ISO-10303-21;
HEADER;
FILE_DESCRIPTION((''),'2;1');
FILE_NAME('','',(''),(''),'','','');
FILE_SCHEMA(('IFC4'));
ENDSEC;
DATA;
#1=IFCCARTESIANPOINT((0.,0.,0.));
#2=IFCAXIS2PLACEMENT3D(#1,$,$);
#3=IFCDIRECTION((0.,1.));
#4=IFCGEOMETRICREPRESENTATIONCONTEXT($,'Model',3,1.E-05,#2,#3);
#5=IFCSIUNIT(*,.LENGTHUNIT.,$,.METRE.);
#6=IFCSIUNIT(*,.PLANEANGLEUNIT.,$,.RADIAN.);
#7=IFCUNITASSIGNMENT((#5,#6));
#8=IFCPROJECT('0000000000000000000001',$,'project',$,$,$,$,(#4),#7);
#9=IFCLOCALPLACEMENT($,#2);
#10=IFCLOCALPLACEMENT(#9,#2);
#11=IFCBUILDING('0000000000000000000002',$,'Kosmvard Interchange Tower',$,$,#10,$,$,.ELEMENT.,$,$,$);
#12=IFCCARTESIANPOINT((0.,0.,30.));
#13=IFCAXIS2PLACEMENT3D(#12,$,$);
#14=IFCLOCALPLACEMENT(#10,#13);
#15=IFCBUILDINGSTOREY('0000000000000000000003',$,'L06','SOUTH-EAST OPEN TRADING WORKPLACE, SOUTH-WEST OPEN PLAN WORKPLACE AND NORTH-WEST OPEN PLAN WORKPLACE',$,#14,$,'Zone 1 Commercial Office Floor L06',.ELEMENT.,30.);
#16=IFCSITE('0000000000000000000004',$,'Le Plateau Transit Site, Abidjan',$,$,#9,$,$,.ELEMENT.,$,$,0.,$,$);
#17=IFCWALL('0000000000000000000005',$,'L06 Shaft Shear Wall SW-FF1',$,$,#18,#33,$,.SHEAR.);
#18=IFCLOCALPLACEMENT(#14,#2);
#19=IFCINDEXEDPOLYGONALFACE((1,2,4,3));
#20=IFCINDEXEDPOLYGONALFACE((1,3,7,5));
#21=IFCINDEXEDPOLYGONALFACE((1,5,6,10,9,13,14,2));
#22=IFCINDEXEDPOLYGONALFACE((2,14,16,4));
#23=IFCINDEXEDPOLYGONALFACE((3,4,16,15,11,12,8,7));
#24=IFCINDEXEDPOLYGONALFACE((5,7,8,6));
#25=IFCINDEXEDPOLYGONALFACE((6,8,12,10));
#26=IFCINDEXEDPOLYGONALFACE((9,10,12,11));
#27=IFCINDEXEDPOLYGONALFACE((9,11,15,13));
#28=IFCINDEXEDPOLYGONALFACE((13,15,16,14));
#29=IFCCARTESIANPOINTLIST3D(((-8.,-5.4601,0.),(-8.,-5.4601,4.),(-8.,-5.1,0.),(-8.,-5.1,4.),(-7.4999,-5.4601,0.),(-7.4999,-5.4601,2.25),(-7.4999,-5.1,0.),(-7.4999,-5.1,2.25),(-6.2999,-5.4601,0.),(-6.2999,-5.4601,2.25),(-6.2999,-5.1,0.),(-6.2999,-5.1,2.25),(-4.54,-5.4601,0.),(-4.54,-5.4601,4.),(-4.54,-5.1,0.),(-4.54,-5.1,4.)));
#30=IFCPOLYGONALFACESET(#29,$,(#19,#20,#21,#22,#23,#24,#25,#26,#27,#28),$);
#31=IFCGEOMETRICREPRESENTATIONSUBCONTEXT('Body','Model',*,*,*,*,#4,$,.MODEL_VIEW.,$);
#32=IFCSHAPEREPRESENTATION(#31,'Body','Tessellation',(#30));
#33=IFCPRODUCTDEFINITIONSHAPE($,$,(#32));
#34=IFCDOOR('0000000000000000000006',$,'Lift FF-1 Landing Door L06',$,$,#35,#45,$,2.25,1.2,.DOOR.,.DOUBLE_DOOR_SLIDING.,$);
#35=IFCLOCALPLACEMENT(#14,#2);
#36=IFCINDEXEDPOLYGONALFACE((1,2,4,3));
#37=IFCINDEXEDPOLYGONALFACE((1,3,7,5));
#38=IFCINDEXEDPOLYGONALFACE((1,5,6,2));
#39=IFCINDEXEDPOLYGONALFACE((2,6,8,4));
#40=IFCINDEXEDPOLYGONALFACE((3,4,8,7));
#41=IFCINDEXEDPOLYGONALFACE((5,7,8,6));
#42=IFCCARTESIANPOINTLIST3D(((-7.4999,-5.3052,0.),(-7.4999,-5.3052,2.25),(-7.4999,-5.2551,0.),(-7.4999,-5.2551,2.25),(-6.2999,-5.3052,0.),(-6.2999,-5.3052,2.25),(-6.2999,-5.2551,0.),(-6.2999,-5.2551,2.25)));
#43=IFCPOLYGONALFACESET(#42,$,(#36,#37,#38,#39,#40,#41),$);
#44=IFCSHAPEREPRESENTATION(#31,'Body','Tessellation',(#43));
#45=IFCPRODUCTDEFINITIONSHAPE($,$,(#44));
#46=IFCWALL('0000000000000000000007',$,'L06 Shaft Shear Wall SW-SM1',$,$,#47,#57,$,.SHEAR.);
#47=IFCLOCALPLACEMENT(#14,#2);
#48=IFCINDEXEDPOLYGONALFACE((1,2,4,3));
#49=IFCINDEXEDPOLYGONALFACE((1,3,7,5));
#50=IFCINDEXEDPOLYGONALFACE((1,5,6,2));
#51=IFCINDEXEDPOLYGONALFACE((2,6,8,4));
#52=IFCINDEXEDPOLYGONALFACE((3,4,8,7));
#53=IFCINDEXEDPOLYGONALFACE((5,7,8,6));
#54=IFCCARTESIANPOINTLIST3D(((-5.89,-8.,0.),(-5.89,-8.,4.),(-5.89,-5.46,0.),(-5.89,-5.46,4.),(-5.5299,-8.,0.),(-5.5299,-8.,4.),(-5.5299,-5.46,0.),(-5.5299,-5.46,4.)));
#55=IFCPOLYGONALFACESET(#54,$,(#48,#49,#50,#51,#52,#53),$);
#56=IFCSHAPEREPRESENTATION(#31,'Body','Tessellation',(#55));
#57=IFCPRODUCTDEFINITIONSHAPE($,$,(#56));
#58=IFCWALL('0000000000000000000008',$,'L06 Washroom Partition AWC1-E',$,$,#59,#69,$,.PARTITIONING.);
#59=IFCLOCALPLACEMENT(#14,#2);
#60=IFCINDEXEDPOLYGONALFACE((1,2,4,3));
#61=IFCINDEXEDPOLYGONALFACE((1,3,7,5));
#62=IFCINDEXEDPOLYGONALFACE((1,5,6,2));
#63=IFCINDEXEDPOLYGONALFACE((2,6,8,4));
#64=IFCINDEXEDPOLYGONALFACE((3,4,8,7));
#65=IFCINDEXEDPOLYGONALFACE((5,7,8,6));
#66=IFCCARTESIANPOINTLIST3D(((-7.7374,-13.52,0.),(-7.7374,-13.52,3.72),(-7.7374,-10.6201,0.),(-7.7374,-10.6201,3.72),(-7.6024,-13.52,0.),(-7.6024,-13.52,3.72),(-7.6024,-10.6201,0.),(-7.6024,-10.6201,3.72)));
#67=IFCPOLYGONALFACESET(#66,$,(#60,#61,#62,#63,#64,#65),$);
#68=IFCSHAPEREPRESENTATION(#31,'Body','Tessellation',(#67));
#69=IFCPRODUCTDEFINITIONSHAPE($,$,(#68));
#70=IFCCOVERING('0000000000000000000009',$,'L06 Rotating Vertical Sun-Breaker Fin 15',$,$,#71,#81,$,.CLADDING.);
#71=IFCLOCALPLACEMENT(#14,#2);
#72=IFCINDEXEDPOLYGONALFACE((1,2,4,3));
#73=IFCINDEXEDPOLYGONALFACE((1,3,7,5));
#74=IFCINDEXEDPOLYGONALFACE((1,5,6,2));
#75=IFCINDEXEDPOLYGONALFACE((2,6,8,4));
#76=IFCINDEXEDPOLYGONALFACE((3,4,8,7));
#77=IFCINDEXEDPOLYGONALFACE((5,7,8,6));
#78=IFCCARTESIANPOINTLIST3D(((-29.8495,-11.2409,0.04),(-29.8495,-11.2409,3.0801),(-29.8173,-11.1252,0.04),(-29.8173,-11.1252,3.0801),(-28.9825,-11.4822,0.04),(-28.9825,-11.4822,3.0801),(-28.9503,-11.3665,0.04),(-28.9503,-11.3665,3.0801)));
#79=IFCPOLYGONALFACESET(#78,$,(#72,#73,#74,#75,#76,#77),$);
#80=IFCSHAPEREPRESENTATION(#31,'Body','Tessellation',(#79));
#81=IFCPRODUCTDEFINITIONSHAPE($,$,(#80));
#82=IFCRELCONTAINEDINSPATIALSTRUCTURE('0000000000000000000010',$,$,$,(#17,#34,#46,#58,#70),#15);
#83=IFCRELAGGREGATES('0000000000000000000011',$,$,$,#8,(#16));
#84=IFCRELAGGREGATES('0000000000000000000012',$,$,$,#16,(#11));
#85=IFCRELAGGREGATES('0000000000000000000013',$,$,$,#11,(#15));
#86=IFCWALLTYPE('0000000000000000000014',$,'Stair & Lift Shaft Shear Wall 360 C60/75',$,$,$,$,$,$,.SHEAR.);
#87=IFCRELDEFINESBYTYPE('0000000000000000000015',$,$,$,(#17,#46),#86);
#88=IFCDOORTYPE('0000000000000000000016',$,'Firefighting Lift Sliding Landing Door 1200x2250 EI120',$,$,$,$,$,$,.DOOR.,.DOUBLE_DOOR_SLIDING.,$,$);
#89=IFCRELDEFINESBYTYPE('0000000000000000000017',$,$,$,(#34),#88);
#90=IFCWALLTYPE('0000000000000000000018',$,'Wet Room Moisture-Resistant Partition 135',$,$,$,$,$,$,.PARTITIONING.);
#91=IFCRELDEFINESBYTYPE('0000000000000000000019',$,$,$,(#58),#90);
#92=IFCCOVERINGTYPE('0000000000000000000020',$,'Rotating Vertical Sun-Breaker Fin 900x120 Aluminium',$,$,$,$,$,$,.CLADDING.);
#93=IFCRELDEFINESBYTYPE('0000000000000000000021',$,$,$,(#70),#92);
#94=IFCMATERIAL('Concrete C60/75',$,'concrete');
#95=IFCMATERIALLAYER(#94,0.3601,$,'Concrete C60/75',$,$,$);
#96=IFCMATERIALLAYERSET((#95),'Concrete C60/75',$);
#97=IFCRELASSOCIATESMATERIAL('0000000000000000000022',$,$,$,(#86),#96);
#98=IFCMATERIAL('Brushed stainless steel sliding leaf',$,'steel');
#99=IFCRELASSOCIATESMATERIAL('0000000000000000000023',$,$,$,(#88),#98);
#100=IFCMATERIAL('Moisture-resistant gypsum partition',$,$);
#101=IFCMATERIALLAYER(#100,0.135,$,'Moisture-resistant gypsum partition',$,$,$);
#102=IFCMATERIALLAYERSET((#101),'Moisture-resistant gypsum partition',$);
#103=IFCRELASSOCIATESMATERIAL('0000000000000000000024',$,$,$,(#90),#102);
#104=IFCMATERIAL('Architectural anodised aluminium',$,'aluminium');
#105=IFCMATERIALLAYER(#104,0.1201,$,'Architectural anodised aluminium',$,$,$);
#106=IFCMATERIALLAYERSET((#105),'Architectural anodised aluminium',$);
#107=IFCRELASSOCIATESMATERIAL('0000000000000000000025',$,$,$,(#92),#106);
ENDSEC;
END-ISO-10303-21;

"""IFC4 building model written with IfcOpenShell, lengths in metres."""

from ifc_helpers import new_model, si_unit, direction, frame, frame_2d, origin, origin_2d, place, context, subcontext, project, spatial, rectangle, extrude, source, transform, mapped, material, layer, layer_set, type_object, element, fill, save


model = new_model("IFC4")

# Units and contexts
model_context = context("Model", 3, precision=1e-05, world=origin(), true_north=direction((0.0, 1.0)))
body_context = subcontext(model_context, "Body", "Model", "MODEL_VIEW")
ifc_project = project(units=[si_unit("LENGTHUNIT", "METRE"), si_unit("PLANEANGLEUNIT", "RADIAN")], contexts=[model_context])

# Site, building, storey
site_placement = place(None, origin())
site = spatial("IfcSite", under=ifc_project, at=site_placement, Name="Le Plateau Transit Site, Abidjan", CompositionType="ELEMENT", RefElevation=0.0)
building_placement = place(site_placement, origin())
building = spatial("IfcBuilding", under=site, at=building_placement, Name="Kosmvard Interchange Tower", CompositionType="ELEMENT")
storey_placement = place(building_placement, frame((0.0, 0.0, 30.0)))
storey = spatial("IfcBuildingStorey", under=building, at=storey_placement, Name="L06", Description="SOUTH-EAST OPEN TRADING WORKPLACE, SOUTH-WEST OPEN PLAN WORKPLACE AND NORTH-WEST OPEN PLAN WORKPLACE", LongName="Zone 1 Commercial Office Floor L06", CompositionType="ELEMENT", Elevation=30.0)

# Shared definitions
ifc_material_1 = material(Name="Concrete C60/75", Category="concrete")

# Shared definitions
ifc_layer_1 = layer(ifc_material_1, 0.3601, Name="Concrete C60/75")
ifc_layer_set_1 = layer_set([ifc_layer_1], Name="Concrete C60/75")
wall_type_1 = type_object("IfcWallType", Name="Stair & Lift Shaft Shear Wall 360 C60/75", PredefinedType="SHEAR", material=ifc_layer_set_1)

# Wall, opening, door
wall_1_placement = place(storey_placement, frame((-8.0, -5.28, 0.0), z_axis=(0.0, 0.0, 1.0), x_axis=(1.0, 0.0, 0.0)))
wall_1 = element("IfcWall", 1, at=wall_1_placement, inside=storey, type_object=wall_type_1, Name="L06 Shaft Shear Wall SW-FF1", PredefinedType="SHEAR", context=body_context, shape_type="SweptSolid", body=[
    extrude(rectangle(XDim=3.46, YDim=0.3601, at=frame_2d((1.73, 0.0))), origin(), (0.0, 0.0, 1.0), 4.0),
])
opening_1_placement = place(wall_1_placement, frame((0.5, 0.0, 0.0)))
opening_1 = element("IfcOpeningElement", 2, at=opening_1_placement, cuts=wall_1, PredefinedType="OPENING", context=body_context, shape_type="SweptSolid", body=[
    extrude(rectangle(XDim=1.2, YDim=2.25, at=frame_2d((0.6001, 1.125))), frame((0.0, 0.1899, 0.0), z_axis=(0.0, -1.0, 0.0), x_axis=(1.0, 0.0, 0.0)), (0.0, 0.0, 1.0), 0.3801),
])
ifc_material_2 = material(Name="Brushed stainless steel sliding leaf", Category="steel")
door_type_1 = type_object("IfcDoorType", Name="Firefighting Lift Sliding Landing Door 1200x2250 EI120", OperationType="DOUBLE_DOOR_SLIDING", PredefinedType="DOOR", material=ifc_material_2)
shared_shape_1 = source(origin(), body_context, "Body", "SweptSolid", [
    extrude(rectangle(XDim=1.2, YDim=2.25, at=frame_2d((0.6001, 1.125))), frame((0.0, 0.0249, 0.0), z_axis=(0.0, -1.0, 0.0), x_axis=(1.0, 0.0, 0.0)), (0.0, 0.0, 1.0), 0.05),
])
door_1_placement = place(opening_1_placement, origin())
door_1 = element("IfcDoor", 3, at=door_1_placement, inside=storey, type_object=door_type_1, Name="Lift FF-1 Landing Door L06", OperationType="DOUBLE_DOOR_SLIDING", OverallHeight=2.25, OverallWidth=1.2, PredefinedType="DOOR", context=body_context, shape_type="MappedRepresentation", body=[
    mapped(shared_shape_1, transform((0.0, 0.0, 0.0), scale=1.0)),
])
fill(opening_1, door_1)

# Walls
wall_2_placement = place(storey_placement, frame((-5.71, -8.0, 0.0), z_axis=(0.0, 0.0, 1.0), x_axis=(0.0, 1.0, 0.0)))
element("IfcWall", 4, at=wall_2_placement, inside=storey, type_object=wall_type_1, Name="L06 Shaft Shear Wall SW-SM1", PredefinedType="SHEAR", context=body_context, shape_type="SweptSolid", body=[
    extrude(rectangle(XDim=2.54, YDim=0.3601, at=frame_2d((1.27, 0.0))), origin(), (0.0, 0.0, 1.0), 4.0),
])
ifc_material_3 = material(Name="Moisture-resistant gypsum partition")
ifc_layer_2 = layer(ifc_material_3, 0.135, Name="Moisture-resistant gypsum partition")
ifc_layer_set_2 = layer_set([ifc_layer_2], Name="Moisture-resistant gypsum partition")
wall_type_2 = type_object("IfcWallType", Name="Wet Room Moisture-Resistant Partition 135", PredefinedType="PARTITIONING", material=ifc_layer_set_2)
wall_3_placement = place(storey_placement, frame((-7.6699, -13.52, 0.0), z_axis=(0.0, 0.0, 1.0), x_axis=(0.0, 1.0, 0.0)))
element("IfcWall", 5, at=wall_3_placement, inside=storey, type_object=wall_type_2, Name="L06 Washroom Partition AWC1-E", PredefinedType="PARTITIONING", context=body_context, shape_type="SweptSolid", body=[
    extrude(rectangle(XDim=2.8999, YDim=0.135, at=frame_2d((1.45, 0.0))), origin(), (0.0, 0.0, 1.0), 3.72),
])

# Covering
ifc_material_4 = material(Name="Architectural anodised aluminium", Category="aluminium")
ifc_layer_3 = layer(ifc_material_4, 0.1201, Name="Architectural anodised aluminium")
ifc_layer_set_3 = layer_set([ifc_layer_3], Name="Architectural anodised aluminium")
covering_type = type_object("IfcCoveringType", Name="Rotating Vertical Sun-Breaker Fin 900x120 Aluminium", PredefinedType="CLADDING", material=ifc_layer_set_3)
shared_shape_2 = source(origin(), body_context, "Body", "SweptSolid", [
    extrude(rectangle(XDim=0.8999, YDim=0.1201, at=origin_2d()), origin(), (0.0, 0.0, 1.0), 3.04),
])
covering_placement = place(storey_placement, frame((-29.3999, -11.3037, 0.04), z_axis=(0.0, 0.0, 1.0), x_axis=(-0.963397, 0.268079, 0.0)))
element("IfcCovering", 6, at=covering_placement, inside=storey, type_object=covering_type, Name="L06 Rotating Vertical Sun-Breaker Fin 15", PredefinedType="CLADDING", context=body_context, shape_type="MappedRepresentation", body=[
    mapped(shared_shape_2, transform((0.0, 0.0, 0.0), scale=1.0)),
])

save(model, "model.ifc")
